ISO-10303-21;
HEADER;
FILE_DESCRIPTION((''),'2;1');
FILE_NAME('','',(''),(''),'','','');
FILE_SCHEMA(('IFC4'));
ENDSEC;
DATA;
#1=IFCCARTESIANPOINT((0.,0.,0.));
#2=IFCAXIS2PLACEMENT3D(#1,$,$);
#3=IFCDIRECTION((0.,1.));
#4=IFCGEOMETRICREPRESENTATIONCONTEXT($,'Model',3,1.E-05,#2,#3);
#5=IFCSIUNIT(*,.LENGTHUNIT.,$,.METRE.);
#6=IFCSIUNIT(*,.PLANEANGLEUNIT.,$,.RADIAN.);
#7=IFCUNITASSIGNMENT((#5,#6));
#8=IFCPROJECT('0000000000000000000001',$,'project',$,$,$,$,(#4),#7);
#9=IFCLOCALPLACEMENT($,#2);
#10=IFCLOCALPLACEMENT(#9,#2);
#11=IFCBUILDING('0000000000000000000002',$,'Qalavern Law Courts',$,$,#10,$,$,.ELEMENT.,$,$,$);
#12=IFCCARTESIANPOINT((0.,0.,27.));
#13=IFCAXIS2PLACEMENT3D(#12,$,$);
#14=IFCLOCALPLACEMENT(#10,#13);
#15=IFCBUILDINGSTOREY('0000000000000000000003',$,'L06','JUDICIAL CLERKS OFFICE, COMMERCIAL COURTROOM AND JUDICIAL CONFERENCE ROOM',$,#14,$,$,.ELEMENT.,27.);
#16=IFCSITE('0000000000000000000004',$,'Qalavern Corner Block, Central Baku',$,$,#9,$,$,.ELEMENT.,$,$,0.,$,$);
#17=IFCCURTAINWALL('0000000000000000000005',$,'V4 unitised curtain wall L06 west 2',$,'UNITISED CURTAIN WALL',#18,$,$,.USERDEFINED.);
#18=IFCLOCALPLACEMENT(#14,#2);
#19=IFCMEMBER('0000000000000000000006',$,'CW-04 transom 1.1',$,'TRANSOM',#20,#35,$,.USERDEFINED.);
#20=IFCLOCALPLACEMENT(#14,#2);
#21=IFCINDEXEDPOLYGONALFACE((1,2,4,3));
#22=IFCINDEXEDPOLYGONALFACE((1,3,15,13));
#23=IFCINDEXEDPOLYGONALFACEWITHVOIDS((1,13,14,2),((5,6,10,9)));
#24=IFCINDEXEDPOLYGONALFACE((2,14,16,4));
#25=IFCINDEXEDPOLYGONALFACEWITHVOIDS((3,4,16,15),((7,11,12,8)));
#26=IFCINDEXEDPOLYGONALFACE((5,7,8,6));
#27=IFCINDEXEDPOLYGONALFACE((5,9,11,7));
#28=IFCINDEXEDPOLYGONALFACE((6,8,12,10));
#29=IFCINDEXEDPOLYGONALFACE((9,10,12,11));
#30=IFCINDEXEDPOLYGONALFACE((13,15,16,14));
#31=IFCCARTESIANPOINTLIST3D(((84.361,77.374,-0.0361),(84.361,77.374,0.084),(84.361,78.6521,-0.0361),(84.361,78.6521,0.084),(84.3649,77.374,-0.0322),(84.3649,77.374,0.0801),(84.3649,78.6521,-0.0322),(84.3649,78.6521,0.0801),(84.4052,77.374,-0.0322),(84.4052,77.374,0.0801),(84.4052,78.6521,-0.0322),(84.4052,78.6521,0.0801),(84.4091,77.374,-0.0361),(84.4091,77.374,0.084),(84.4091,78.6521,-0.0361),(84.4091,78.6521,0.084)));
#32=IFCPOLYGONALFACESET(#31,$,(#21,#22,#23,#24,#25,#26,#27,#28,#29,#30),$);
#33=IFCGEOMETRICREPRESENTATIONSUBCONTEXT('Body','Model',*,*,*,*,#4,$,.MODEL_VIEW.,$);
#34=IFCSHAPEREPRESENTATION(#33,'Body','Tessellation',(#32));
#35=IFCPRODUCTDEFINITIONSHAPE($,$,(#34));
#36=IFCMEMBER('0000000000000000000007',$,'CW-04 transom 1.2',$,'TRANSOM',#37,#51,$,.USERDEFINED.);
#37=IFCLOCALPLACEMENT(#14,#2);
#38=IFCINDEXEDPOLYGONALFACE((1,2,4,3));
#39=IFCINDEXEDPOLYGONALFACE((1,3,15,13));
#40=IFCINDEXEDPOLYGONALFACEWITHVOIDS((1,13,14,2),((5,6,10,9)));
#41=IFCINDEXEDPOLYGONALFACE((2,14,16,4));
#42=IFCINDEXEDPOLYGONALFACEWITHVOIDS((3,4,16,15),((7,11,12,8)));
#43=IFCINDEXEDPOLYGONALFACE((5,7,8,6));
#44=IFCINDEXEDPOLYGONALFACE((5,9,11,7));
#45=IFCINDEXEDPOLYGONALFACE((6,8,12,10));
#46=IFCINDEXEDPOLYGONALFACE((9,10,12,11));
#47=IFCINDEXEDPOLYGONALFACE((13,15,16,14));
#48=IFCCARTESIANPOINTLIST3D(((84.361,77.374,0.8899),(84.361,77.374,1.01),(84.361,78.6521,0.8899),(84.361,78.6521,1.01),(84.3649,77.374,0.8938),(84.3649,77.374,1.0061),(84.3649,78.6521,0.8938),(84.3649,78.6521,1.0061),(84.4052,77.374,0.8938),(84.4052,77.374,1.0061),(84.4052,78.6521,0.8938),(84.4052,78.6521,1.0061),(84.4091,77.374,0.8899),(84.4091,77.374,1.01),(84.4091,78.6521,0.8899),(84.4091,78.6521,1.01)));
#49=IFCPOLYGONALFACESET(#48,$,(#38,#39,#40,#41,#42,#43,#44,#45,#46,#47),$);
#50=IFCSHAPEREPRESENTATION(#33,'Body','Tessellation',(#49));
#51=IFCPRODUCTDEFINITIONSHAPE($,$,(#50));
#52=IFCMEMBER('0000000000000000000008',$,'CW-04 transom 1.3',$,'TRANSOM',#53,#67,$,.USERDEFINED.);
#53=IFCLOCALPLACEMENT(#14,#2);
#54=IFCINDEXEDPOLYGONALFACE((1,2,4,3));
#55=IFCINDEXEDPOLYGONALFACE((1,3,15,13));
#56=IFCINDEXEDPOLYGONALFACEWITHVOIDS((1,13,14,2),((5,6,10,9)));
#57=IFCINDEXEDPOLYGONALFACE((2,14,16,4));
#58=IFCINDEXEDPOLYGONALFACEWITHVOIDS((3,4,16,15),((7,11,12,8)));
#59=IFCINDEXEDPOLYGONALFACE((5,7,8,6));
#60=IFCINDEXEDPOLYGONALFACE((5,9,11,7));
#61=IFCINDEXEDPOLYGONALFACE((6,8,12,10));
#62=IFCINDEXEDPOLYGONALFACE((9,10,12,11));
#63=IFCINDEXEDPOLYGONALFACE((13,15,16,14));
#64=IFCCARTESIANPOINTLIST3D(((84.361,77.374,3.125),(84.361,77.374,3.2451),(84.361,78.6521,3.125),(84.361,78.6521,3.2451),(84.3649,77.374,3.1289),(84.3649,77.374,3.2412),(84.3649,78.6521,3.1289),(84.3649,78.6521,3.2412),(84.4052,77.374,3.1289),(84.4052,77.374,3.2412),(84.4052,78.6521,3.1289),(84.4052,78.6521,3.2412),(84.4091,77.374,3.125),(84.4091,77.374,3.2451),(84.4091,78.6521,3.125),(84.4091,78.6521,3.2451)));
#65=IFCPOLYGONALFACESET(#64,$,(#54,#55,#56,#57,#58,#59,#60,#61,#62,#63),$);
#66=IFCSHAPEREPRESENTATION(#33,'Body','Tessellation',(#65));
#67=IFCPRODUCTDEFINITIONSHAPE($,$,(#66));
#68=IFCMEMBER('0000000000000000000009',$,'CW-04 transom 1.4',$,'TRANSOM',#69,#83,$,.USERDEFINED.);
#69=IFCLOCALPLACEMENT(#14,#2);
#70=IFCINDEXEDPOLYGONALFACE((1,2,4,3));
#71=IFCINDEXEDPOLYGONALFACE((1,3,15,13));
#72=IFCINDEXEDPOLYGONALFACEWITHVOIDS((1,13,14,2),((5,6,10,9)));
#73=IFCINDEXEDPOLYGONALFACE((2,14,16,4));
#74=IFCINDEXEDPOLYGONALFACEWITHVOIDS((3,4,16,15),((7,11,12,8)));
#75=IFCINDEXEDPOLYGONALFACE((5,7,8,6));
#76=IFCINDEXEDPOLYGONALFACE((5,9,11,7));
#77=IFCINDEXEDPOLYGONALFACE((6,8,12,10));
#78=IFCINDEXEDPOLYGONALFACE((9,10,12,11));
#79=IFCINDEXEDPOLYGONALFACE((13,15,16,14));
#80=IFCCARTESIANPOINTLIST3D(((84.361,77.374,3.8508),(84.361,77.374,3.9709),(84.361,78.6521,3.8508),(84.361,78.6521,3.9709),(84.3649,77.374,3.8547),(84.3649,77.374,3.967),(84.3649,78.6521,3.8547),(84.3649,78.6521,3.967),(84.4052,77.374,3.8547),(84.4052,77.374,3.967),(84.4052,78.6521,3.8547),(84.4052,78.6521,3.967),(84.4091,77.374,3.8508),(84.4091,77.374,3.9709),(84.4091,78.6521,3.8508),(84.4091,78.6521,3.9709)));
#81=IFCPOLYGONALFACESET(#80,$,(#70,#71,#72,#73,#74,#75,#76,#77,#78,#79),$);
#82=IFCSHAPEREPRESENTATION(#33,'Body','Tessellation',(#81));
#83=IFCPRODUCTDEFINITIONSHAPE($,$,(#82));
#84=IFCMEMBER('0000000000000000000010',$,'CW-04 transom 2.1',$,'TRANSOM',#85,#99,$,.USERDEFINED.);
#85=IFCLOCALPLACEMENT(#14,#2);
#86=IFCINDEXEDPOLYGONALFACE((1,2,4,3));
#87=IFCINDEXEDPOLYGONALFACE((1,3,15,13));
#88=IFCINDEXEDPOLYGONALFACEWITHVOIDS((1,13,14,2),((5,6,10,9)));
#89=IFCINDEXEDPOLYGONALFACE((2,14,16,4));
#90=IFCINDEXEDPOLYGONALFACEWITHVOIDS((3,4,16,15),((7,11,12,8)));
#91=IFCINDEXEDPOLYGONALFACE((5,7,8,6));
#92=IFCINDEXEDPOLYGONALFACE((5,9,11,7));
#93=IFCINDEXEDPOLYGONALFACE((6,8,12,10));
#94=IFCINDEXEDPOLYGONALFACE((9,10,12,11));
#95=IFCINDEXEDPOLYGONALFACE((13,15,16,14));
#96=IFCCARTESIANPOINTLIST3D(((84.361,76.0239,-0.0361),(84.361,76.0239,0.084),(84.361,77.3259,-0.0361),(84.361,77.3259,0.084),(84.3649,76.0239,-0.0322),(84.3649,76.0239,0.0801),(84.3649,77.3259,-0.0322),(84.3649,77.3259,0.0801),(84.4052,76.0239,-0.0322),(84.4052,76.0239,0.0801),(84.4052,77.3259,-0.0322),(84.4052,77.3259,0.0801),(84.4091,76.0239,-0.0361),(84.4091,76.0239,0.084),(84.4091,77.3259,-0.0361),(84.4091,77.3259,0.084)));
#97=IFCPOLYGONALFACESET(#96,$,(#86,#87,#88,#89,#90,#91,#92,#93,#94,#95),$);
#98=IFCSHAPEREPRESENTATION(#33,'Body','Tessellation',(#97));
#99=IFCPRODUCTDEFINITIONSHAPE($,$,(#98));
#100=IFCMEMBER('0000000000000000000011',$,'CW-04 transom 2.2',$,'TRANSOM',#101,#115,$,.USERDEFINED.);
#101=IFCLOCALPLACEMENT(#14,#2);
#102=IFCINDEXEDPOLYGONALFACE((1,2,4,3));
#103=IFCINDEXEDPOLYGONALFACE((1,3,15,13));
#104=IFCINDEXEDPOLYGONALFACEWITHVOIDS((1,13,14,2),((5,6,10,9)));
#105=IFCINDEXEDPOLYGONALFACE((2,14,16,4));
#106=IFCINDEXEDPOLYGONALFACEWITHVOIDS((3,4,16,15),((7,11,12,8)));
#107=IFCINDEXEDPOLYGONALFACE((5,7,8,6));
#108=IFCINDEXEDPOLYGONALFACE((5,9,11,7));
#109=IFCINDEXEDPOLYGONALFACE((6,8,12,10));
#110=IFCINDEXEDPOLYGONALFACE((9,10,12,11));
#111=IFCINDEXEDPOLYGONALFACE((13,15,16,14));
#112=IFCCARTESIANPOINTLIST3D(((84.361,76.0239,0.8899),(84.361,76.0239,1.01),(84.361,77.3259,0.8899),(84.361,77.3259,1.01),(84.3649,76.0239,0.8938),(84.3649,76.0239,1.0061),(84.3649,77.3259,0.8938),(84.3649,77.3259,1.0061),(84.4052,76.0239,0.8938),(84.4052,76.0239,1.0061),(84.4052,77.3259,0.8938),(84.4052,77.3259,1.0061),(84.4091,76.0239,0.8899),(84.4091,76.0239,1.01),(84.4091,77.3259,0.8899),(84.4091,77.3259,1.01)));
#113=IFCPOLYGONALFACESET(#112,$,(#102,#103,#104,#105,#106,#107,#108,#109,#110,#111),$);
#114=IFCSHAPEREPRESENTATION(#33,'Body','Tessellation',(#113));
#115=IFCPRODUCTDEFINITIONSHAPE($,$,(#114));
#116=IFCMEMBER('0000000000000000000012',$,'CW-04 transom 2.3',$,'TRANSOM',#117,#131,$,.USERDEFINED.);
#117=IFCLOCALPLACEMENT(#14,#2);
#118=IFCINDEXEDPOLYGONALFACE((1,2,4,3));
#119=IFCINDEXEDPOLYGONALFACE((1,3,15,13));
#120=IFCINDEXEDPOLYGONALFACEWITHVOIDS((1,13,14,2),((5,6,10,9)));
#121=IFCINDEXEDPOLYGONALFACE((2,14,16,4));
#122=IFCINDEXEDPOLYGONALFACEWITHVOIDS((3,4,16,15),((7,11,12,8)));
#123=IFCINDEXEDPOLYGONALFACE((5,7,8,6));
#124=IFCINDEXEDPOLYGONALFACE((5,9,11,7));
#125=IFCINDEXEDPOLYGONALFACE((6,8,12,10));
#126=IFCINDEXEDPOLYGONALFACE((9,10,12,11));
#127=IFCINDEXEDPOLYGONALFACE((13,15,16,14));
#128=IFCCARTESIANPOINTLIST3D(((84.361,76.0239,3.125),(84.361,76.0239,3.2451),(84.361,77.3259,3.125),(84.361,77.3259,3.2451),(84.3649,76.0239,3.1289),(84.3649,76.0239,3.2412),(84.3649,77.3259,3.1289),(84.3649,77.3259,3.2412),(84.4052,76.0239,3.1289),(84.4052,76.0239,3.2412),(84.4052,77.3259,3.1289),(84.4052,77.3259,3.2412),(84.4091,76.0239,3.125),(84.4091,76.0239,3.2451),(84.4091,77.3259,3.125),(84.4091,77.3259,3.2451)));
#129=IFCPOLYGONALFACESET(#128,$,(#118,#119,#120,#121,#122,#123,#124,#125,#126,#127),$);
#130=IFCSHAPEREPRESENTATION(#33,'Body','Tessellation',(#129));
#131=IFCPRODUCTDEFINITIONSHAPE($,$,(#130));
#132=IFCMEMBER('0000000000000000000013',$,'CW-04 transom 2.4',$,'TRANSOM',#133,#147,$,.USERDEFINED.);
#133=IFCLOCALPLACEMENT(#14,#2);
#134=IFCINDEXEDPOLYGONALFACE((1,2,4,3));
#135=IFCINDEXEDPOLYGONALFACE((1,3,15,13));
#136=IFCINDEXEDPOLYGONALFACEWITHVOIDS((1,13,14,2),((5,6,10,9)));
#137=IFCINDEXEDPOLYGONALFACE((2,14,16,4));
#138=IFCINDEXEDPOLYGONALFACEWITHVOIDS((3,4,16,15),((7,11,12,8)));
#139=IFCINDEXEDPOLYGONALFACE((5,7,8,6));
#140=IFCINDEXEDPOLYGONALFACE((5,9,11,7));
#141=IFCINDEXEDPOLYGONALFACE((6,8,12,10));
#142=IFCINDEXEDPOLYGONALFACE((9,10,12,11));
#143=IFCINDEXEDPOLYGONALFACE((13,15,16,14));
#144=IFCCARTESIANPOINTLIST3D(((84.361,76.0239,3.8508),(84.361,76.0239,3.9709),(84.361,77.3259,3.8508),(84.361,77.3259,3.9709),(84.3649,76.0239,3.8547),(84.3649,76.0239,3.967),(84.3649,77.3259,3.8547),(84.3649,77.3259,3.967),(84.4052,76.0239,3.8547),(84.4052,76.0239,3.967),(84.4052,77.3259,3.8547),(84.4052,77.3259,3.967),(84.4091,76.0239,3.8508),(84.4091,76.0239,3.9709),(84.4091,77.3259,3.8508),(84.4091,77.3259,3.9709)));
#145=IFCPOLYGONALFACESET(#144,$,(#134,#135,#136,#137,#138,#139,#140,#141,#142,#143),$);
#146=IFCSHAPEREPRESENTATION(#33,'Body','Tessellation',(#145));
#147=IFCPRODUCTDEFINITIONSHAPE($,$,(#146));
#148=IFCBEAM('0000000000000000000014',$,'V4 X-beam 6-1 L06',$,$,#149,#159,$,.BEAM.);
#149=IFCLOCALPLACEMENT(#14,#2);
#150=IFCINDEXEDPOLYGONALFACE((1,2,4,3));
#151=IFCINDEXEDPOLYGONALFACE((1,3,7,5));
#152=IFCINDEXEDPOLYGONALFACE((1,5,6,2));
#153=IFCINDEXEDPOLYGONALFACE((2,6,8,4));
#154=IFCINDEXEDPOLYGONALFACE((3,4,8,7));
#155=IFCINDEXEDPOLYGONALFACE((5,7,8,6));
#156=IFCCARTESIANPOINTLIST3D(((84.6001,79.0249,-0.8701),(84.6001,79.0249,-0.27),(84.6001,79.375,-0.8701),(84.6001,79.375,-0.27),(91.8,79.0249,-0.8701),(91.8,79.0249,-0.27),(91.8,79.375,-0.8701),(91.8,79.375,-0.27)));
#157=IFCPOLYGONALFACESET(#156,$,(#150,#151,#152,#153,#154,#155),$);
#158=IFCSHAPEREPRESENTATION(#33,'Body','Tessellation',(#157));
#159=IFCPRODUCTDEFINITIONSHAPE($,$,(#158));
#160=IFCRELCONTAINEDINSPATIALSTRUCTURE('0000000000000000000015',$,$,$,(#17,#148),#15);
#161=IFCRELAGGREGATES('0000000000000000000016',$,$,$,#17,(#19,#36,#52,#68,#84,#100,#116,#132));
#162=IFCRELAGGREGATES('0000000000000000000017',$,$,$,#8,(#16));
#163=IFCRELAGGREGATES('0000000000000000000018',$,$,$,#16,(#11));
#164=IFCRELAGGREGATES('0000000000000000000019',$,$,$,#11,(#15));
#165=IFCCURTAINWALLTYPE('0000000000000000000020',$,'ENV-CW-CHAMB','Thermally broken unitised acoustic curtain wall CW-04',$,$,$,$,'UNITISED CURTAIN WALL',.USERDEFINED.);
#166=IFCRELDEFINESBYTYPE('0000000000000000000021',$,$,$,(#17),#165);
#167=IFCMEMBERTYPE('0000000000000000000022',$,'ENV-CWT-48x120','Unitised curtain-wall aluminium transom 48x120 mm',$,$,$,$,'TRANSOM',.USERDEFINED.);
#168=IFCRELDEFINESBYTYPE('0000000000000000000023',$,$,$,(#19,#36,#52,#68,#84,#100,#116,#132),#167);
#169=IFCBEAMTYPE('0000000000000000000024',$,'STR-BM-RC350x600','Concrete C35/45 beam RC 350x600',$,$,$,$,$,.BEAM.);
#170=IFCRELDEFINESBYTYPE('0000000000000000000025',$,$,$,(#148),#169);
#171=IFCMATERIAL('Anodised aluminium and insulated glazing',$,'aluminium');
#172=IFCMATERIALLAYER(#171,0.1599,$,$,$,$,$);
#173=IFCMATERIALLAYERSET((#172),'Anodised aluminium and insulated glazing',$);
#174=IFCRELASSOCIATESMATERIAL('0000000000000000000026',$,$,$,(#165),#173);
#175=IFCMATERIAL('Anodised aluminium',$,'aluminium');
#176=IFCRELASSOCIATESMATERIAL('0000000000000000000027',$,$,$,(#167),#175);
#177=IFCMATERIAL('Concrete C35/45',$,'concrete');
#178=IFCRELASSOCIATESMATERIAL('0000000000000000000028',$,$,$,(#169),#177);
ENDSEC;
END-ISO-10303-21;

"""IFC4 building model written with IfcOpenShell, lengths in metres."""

from ifc_helpers import new_model, si_unit, direction, frame, origin, origin_2d, place, context, subcontext, project, spatial, rectangle, hollow_rectangle, extrude, material, layer, layer_set, material_profile, profile_set, type_object, element, aggregate, save


model = new_model("IFC4")

# Units and contexts
model_context = context("Model", 3, precision=1e-05, world=origin(), true_north=direction((0.0, 1.0)))
body_context = subcontext(model_context, "Body", "Model", "MODEL_VIEW")
ifc_project = project(units=[si_unit("LENGTHUNIT", "METRE"), si_unit("PLANEANGLEUNIT", "RADIAN")], contexts=[model_context])

# Site, building, storey
site_placement = place(None, origin())
site = spatial("IfcSite", under=ifc_project, at=site_placement, Name="Qalavern Corner Block, Central Baku", CompositionType="ELEMENT", RefElevation=0.0)
building_placement = place(site_placement, origin())
building = spatial("IfcBuilding", under=site, at=building_placement, Name="Qalavern Law Courts", CompositionType="ELEMENT")
storey_placement = place(building_placement, frame((0.0, 0.0, 27.0)))
storey = spatial("IfcBuildingStorey", under=building, at=storey_placement, Name="L06", Description="JUDICIAL CLERKS OFFICE, COMMERCIAL COURTROOM AND JUDICIAL CONFERENCE ROOM", CompositionType="ELEMENT", Elevation=27.0)

# Curtain wall
ifc_material_1 = material(Name="Anodised aluminium and insulated glazing", Category="aluminium")
ifc_layer_1 = layer(ifc_material_1, 0.1599)
ifc_layer_set_1 = layer_set([ifc_layer_1], Name="Anodised aluminium and insulated glazing")
curtain_wall_type = type_object("IfcCurtainWallType", Name="ENV-CW-CHAMB", Description="Thermally broken unitised acoustic curtain wall CW-04", ElementType="UNITISED CURTAIN WALL", PredefinedType="USERDEFINED", material=ifc_layer_set_1)
ifc_material_2 = material(Name="Anodised aluminium", Category="aluminium")
curtain_wall_1_placement = place(storey_placement, origin())
curtain_wall_1 = element("IfcCurtainWall", 1, at=curtain_wall_1_placement, inside=storey, type_object=curtain_wall_type, Name="V4 unitised curtain wall L06 west 2", ObjectType="UNITISED CURTAIN WALL", PredefinedType="USERDEFINED")

# Members
ifc_material_profile_1 = material_profile(ifc_material_2, hollow_rectangle(XDim=0.0481, YDim=0.1201, WallThickness=0.0039, at=origin_2d()), Name="ALU TRANSOM 48x120")
ifc_profile_set_1 = profile_set([ifc_material_profile_1], Name="Anodised aluminium")
member_type_1 = type_object("IfcMemberType", Name="ENV-CWT-48x120", Description="Unitised curtain-wall aluminium transom 48x120 mm", ElementType="TRANSOM", PredefinedType="USERDEFINED", material=ifc_profile_set_1)
member_1_placement = place(storey_placement, frame((84.385, 78.6521, 0.0239), z_axis=(0.0, -1.0, 0.0), x_axis=(1.0, 0.0, 0.0)))
member_1 = element("IfcMember", 2, at=member_1_placement, type_object=member_type_1, Name="CW-04 transom 1.1", ObjectType="TRANSOM", PredefinedType="USERDEFINED", context=body_context, shape_type="SweptSolid", body=[
    extrude(hollow_rectangle(XDim=0.0481, YDim=0.1201, WallThickness=0.0039, at=origin_2d()), origin(), (0.0, 0.0, 1.0), 1.2781),
])
member_2_placement = place(storey_placement, frame((84.385, 78.6521, 0.95), z_axis=(0.0, -1.0, 0.0), x_axis=(1.0, 0.0, 0.0)))
member_2 = element("IfcMember", 3, at=member_2_placement, type_object=member_type_1, Name="CW-04 transom 1.2", ObjectType="TRANSOM", PredefinedType="USERDEFINED", context=body_context, shape_type="SweptSolid", body=[
    extrude(hollow_rectangle(XDim=0.0481, YDim=0.1201, WallThickness=0.0039, at=origin_2d()), origin(), (0.0, 0.0, 1.0), 1.2781),
])
member_3_placement = place(storey_placement, frame((84.385, 78.6521, 3.1851), z_axis=(0.0, -1.0, 0.0), x_axis=(1.0, 0.0, 0.0)))
member_3 = element("IfcMember", 4, at=member_3_placement, type_object=member_type_1, Name="CW-04 transom 1.3", ObjectType="TRANSOM", PredefinedType="USERDEFINED", context=body_context, shape_type="SweptSolid", body=[
    extrude(hollow_rectangle(XDim=0.0481, YDim=0.1201, WallThickness=0.0039, at=origin_2d()), origin(), (0.0, 0.0, 1.0), 1.2781),
])
member_4_placement = place(storey_placement, frame((84.385, 78.6521, 3.9109), z_axis=(0.0, -1.0, 0.0), x_axis=(1.0, 0.0, 0.0)))
member_4 = element("IfcMember", 5, at=member_4_placement, type_object=member_type_1, Name="CW-04 transom 1.4", ObjectType="TRANSOM", PredefinedType="USERDEFINED", context=body_context, shape_type="SweptSolid", body=[
    extrude(hollow_rectangle(XDim=0.0481, YDim=0.1201, WallThickness=0.0039, at=origin_2d()), origin(), (0.0, 0.0, 1.0), 1.2781),
])
member_5_placement = place(storey_placement, frame((84.385, 77.3259, 0.0239), z_axis=(0.0, -1.0, 0.0), x_axis=(1.0, 0.0, 0.0)))
member_5 = element("IfcMember", 6, at=member_5_placement, type_object=member_type_1, Name="CW-04 transom 2.1", ObjectType="TRANSOM", PredefinedType="USERDEFINED", context=body_context, shape_type="SweptSolid", body=[
    extrude(hollow_rectangle(XDim=0.0481, YDim=0.1201, WallThickness=0.0039, at=origin_2d()), origin(), (0.0, 0.0, 1.0), 1.302),
])
member_6_placement = place(storey_placement, frame((84.385, 77.3259, 0.95), z_axis=(0.0, -1.0, 0.0), x_axis=(1.0, 0.0, 0.0)))
member_6 = element("IfcMember", 7, at=member_6_placement, type_object=member_type_1, Name="CW-04 transom 2.2", ObjectType="TRANSOM", PredefinedType="USERDEFINED", context=body_context, shape_type="SweptSolid", body=[
    extrude(hollow_rectangle(XDim=0.0481, YDim=0.1201, WallThickness=0.0039, at=origin_2d()), origin(), (0.0, 0.0, 1.0), 1.302),
])
member_7_placement = place(storey_placement, frame((84.385, 77.3259, 3.1851), z_axis=(0.0, -1.0, 0.0), x_axis=(1.0, 0.0, 0.0)))
member_7 = element("IfcMember", 8, at=member_7_placement, type_object=member_type_1, Name="CW-04 transom 2.3", ObjectType="TRANSOM", PredefinedType="USERDEFINED", context=body_context, shape_type="SweptSolid", body=[
    extrude(hollow_rectangle(XDim=0.0481, YDim=0.1201, WallThickness=0.0039, at=origin_2d()), origin(), (0.0, 0.0, 1.0), 1.302),
])
member_8_placement = place(storey_placement, frame((84.385, 77.3259, 3.9109), z_axis=(0.0, -1.0, 0.0), x_axis=(1.0, 0.0, 0.0)))
member_8 = element("IfcMember", 9, at=member_8_placement, type_object=member_type_1, Name="CW-04 transom 2.4", ObjectType="TRANSOM", PredefinedType="USERDEFINED", context=body_context, shape_type="SweptSolid", body=[
    extrude(hollow_rectangle(XDim=0.0481, YDim=0.1201, WallThickness=0.0039, at=origin_2d()), origin(), (0.0, 0.0, 1.0), 1.302),
])

# Beam
ifc_material_3 = material(Name="Concrete C35/45", Category="concrete")
ifc_material_profile_2 = material_profile(ifc_material_3, rectangle(XDim=0.3501, YDim=0.6001, at=origin_2d()), Name="RC 350x600")
ifc_profile_set_2 = profile_set([ifc_material_profile_2], Name="Concrete C35/45")
beam_type_1 = type_object("IfcBeamType", Name="STR-BM-RC350x600", Description="Concrete C35/45 beam RC 350x600", PredefinedType="BEAM", material=ifc_profile_set_2)
beam_1_placement = place(storey_placement, frame((84.6001, 79.2, -0.5701), z_axis=(1.0, 0.0, 0.0), x_axis=(0.0, 1.0, 0.0)))
element("IfcBeam", 10, at=beam_1_placement, inside=storey, type_object=beam_type_1, Name="V4 X-beam 6-1 L06", PredefinedType="BEAM", context=body_context, shape_type="SweptSolid", body=[
    extrude(rectangle(XDim=0.3501, YDim=0.6001, at=origin_2d()), origin(), (0.0, 0.0, 1.0), 7.2),
])

aggregate(curtain_wall_1, [member_1, member_2, member_3, member_4, member_5, member_6, member_7, member_8])

save(model, "model.ifc")
